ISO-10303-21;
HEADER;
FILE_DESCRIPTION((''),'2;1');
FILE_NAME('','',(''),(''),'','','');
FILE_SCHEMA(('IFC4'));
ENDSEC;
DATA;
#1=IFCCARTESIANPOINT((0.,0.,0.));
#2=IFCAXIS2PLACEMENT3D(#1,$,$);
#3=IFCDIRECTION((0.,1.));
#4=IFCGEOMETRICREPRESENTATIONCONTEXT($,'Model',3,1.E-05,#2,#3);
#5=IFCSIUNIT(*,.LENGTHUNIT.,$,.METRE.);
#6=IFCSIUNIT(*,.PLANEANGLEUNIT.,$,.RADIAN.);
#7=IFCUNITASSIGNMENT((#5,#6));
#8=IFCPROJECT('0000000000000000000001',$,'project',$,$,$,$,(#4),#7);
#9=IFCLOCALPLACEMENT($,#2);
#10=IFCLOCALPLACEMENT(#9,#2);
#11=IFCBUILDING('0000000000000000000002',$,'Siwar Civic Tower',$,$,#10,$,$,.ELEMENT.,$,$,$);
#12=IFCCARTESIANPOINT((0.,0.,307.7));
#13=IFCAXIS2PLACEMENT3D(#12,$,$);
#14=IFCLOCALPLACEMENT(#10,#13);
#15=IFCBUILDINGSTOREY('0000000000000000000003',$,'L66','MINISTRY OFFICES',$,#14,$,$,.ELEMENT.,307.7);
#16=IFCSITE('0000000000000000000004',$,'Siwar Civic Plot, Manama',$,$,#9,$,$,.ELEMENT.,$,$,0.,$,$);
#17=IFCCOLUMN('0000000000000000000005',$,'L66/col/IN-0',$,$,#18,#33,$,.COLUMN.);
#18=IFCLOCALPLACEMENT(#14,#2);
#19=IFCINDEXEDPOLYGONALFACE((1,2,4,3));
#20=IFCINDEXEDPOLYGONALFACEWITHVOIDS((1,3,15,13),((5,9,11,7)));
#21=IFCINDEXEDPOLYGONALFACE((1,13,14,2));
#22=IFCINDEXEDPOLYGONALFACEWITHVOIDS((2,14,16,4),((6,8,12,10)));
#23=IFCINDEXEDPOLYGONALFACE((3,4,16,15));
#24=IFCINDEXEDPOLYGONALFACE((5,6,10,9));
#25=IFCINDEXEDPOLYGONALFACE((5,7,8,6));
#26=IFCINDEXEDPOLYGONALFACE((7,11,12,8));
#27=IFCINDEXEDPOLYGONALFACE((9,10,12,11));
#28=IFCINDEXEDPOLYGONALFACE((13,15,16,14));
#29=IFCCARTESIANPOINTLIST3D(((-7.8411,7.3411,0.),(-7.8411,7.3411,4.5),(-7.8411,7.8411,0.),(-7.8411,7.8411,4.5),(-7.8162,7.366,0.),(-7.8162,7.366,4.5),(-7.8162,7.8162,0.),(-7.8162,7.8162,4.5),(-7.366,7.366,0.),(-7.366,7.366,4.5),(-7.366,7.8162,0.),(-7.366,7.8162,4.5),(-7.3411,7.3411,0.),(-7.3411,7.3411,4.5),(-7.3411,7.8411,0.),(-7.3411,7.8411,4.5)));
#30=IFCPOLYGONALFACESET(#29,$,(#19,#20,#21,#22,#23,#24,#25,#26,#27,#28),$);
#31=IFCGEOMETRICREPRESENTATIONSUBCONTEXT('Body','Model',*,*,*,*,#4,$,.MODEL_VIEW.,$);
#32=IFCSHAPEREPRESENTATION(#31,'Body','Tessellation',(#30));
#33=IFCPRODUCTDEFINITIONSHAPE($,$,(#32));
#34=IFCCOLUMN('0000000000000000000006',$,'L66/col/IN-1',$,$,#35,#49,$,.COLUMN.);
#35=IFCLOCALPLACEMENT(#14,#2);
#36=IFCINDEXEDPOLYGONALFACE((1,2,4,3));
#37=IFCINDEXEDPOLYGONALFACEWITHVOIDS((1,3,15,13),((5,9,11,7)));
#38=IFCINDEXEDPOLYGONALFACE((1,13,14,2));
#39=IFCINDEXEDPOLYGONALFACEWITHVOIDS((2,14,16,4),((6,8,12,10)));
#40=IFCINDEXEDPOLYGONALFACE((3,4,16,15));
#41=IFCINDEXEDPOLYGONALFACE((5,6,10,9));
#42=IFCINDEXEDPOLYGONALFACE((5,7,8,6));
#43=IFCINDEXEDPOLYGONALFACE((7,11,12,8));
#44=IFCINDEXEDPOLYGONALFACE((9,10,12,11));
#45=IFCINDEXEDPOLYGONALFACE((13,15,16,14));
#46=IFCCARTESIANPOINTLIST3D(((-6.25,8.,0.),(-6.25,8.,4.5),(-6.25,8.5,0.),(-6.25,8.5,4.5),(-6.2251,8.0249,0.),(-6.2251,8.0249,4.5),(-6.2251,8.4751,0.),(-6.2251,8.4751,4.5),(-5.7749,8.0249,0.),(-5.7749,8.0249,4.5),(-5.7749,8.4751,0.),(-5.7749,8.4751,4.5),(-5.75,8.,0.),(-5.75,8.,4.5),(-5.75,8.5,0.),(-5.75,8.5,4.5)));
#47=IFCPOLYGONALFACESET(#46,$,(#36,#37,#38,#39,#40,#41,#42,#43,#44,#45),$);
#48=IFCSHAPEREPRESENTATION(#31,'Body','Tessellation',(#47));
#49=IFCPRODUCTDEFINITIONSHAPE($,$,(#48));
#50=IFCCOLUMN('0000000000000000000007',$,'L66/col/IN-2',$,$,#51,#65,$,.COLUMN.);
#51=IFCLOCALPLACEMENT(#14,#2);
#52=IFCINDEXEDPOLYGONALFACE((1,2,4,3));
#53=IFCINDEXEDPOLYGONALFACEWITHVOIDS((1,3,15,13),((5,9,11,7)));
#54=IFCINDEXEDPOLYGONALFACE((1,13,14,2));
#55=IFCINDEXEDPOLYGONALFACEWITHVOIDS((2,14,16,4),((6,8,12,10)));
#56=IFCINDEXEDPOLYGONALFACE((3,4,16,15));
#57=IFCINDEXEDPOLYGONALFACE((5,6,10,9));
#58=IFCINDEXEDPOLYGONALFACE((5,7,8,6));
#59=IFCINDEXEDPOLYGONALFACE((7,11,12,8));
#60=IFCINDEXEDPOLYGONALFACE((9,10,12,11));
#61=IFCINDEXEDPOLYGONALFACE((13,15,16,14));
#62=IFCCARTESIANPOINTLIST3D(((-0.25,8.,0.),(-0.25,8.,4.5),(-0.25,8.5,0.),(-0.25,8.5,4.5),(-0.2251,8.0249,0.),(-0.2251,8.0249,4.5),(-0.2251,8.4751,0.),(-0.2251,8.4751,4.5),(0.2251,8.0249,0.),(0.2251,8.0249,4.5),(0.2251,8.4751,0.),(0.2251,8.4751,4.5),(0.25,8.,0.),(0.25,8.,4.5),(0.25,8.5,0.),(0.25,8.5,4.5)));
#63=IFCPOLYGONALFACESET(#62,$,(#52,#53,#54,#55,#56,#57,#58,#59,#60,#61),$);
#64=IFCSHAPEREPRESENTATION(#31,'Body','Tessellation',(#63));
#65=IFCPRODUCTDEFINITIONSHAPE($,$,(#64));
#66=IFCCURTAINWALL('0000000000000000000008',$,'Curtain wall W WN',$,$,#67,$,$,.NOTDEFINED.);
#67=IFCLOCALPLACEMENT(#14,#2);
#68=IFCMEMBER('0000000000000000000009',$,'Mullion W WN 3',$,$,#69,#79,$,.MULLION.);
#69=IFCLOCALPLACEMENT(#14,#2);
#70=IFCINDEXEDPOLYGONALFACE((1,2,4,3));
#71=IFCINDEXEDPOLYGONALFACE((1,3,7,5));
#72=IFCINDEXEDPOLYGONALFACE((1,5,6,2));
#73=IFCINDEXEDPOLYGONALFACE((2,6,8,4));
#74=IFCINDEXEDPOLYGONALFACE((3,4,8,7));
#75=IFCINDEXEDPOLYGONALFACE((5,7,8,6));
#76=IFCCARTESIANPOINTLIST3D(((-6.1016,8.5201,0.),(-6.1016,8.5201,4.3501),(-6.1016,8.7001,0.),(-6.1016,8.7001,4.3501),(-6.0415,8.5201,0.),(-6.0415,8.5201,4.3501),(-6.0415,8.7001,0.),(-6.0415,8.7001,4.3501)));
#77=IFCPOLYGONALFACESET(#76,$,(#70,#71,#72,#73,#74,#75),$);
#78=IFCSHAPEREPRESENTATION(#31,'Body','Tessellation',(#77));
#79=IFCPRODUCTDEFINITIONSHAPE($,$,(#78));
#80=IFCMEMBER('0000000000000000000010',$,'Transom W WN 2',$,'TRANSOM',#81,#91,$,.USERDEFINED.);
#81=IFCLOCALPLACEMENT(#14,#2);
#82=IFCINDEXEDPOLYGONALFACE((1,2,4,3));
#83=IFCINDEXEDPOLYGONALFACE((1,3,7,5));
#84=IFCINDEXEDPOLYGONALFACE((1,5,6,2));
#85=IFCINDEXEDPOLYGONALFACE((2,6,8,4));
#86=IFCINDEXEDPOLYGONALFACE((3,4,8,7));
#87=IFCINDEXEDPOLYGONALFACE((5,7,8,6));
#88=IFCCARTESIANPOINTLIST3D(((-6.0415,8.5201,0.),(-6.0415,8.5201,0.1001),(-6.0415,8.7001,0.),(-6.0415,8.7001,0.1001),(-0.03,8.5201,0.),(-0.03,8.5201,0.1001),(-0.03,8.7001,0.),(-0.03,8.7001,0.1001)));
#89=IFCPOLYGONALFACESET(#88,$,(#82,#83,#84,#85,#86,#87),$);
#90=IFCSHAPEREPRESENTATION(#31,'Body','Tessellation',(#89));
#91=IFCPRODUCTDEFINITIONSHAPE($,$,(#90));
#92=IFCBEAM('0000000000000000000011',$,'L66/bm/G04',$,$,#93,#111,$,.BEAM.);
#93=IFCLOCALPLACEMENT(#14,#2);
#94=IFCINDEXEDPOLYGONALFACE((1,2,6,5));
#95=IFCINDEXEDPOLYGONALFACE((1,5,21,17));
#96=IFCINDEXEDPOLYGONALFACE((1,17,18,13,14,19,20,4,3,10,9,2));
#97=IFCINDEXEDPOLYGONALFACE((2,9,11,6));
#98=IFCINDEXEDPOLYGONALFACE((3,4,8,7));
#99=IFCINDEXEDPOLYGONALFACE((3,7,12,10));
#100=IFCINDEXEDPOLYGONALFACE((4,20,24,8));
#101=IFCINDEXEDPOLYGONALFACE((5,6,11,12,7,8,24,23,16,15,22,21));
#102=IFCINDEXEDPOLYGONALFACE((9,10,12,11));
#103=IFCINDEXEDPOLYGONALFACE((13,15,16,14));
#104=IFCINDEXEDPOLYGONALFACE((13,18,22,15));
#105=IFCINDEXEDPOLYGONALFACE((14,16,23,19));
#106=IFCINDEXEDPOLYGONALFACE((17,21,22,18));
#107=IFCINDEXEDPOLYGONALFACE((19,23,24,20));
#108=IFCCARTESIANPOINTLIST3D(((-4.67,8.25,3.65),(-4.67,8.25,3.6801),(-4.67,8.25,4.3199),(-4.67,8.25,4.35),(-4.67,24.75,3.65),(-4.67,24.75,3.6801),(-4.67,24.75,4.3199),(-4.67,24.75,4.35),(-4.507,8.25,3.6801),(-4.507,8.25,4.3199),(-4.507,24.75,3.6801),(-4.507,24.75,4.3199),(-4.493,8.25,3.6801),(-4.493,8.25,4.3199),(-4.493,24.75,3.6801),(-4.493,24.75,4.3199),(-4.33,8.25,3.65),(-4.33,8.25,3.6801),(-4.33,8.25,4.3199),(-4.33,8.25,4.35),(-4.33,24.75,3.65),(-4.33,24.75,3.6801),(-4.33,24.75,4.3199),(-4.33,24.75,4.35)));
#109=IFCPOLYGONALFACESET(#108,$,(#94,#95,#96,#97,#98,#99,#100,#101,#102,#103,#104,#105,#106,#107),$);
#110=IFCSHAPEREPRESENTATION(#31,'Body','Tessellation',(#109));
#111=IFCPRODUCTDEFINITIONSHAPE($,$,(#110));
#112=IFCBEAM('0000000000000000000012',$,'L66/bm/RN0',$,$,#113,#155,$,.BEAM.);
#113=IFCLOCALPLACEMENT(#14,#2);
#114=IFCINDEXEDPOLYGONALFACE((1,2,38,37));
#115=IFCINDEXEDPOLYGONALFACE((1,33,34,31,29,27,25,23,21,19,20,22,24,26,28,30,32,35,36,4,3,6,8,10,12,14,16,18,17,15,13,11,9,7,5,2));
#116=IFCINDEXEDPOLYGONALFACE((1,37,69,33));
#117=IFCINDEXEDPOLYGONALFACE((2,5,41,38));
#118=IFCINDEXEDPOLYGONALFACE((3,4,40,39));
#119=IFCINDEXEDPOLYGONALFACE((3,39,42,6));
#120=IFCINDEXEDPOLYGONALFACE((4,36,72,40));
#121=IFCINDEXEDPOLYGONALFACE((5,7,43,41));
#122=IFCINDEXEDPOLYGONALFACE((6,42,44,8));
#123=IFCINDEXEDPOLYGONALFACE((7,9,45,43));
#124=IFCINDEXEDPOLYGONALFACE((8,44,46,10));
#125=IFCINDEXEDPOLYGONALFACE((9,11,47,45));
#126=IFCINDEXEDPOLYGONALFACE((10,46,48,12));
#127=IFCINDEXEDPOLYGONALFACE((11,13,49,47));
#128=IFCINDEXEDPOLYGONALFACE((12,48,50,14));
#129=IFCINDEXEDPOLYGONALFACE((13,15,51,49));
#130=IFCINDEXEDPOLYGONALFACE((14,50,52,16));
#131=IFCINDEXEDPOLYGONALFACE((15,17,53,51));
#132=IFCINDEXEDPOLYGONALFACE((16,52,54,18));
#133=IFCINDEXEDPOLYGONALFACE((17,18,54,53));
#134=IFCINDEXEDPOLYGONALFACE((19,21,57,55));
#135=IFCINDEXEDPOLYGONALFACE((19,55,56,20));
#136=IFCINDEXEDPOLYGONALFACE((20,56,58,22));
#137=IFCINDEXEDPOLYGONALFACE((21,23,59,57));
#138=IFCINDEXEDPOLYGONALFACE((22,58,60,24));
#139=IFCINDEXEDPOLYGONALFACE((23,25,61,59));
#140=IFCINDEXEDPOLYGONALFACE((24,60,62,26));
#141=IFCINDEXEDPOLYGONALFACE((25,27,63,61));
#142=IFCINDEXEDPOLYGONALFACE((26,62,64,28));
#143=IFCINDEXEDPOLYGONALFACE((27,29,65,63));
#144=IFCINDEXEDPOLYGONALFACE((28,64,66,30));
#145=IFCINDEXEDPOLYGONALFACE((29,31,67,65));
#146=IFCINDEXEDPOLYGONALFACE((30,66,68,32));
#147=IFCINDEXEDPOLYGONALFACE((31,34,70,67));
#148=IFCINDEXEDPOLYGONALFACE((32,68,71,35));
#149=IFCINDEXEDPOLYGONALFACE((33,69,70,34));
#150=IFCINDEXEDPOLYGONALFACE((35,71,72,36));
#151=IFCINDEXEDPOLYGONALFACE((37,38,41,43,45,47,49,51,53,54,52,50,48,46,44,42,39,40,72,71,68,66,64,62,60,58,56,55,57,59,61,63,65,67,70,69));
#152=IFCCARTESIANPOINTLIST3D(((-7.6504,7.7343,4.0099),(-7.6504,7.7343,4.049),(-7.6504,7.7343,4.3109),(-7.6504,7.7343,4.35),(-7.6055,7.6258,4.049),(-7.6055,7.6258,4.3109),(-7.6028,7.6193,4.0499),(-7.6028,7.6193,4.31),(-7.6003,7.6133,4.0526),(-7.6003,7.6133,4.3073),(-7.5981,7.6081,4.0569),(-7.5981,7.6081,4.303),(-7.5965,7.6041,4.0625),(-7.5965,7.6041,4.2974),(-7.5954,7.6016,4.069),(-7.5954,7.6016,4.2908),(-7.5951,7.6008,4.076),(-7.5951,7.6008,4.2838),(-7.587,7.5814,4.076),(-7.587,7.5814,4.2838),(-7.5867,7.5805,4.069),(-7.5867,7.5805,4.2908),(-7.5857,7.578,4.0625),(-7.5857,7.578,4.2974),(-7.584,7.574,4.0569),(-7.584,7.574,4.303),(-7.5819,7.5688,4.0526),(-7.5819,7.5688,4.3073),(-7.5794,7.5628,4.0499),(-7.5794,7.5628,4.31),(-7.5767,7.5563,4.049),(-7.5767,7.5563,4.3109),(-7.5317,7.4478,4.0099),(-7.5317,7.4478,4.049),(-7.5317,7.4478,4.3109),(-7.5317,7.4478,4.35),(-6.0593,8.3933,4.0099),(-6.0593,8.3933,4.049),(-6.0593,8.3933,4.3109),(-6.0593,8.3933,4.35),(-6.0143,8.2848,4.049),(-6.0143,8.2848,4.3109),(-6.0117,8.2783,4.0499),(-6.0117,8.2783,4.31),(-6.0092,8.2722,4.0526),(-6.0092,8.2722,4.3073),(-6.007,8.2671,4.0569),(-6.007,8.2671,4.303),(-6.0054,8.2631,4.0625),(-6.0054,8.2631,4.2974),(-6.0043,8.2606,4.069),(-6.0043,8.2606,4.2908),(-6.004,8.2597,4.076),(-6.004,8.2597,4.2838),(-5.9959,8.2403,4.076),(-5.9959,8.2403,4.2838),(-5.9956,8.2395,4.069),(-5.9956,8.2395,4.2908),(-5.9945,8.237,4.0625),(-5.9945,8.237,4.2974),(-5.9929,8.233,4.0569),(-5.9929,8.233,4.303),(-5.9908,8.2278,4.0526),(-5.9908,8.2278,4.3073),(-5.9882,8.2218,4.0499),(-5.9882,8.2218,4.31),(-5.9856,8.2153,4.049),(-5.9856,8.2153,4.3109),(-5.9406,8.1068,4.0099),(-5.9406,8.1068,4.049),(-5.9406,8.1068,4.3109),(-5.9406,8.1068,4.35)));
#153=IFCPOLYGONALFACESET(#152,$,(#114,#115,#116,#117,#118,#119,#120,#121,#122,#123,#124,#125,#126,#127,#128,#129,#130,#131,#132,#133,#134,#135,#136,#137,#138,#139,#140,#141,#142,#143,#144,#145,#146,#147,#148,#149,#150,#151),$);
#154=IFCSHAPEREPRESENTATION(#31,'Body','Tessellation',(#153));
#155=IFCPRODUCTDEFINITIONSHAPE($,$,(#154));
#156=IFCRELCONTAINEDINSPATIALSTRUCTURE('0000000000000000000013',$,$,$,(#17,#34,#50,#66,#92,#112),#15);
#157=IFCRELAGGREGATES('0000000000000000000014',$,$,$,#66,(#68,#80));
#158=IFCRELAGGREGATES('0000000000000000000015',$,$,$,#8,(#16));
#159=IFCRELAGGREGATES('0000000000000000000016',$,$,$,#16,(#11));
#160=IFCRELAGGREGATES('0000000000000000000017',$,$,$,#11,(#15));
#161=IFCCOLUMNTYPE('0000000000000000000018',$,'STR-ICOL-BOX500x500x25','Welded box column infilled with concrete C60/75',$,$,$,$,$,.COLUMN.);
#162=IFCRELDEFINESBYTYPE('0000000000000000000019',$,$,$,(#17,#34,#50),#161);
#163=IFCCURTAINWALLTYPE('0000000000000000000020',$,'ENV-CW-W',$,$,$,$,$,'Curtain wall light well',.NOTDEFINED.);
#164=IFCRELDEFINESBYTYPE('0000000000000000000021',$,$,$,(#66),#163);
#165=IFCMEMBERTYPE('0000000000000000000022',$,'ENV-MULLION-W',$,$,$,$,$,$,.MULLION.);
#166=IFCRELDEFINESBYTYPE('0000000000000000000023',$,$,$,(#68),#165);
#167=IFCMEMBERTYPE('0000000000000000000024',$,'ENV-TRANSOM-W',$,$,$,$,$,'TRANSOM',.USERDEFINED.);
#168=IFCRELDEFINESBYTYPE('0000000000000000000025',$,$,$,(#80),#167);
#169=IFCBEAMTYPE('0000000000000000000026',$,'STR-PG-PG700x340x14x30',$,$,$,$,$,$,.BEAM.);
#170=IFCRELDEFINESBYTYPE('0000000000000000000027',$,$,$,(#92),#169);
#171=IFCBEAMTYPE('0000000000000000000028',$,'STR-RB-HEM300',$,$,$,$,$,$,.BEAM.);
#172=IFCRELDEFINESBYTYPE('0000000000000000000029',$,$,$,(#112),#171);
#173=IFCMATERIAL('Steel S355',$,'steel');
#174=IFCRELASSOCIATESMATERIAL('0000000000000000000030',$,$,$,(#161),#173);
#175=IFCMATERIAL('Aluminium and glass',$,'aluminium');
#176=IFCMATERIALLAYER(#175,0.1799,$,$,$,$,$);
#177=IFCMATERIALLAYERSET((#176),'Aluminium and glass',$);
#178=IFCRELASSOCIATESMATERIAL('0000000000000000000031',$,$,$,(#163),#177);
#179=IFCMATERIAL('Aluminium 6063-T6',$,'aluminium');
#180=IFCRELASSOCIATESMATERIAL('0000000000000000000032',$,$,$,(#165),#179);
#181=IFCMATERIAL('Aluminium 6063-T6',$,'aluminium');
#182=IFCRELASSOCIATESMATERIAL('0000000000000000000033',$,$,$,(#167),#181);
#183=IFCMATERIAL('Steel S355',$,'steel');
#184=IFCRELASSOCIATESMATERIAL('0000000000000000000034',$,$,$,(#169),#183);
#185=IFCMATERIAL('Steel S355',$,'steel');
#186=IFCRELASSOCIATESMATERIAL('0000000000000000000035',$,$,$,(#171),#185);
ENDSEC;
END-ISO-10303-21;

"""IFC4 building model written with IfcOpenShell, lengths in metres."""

from ifc_helpers import new_model, si_unit, direction, frame, origin, origin_2d, place, context, subcontext, project, spatial, rectangle, hollow_rectangle, i_section, extrude, material, layer, layer_set, material_profile, profile_set, type_object, element, aggregate, save


model = new_model("IFC4")

# Units and contexts
model_context = context("Model", 3, precision=1e-05, world=origin(), true_north=direction((0.0, 1.0)))
body_context = subcontext(model_context, "Body", "Model", "MODEL_VIEW")
ifc_project = project(units=[si_unit("LENGTHUNIT", "METRE"), si_unit("PLANEANGLEUNIT", "RADIAN")], contexts=[model_context])

# Site, building, storey
site_placement = place(None, origin())
site = spatial("IfcSite", under=ifc_project, at=site_placement, Name="Siwar Civic Plot, Manama", CompositionType="ELEMENT", RefElevation=0.0)
building_placement = place(site_placement, origin())
building = spatial("IfcBuilding", under=site, at=building_placement, Name="Siwar Civic Tower", CompositionType="ELEMENT")
storey_placement = place(building_placement, frame((0.0, 0.0, 307.7)))
storey = spatial("IfcBuildingStorey", under=building, at=storey_placement, Name="L66", Description="MINISTRY OFFICES", CompositionType="ELEMENT", Elevation=307.7)

# Columns
ifc_material_1 = material(Name="Steel S355", Category="steel")
ifc_material_profile_1 = material_profile(ifc_material_1, hollow_rectangle(XDim=0.5, YDim=0.5, WallThickness=0.0249, at=origin_2d()), Name="BOX500x500x25")
ifc_profile_set_1 = profile_set([ifc_material_profile_1], Name="Steel S355")
column_type = type_object("IfcColumnType", Name="STR-ICOL-BOX500x500x25", Description="Welded box column infilled with concrete C60/75", PredefinedType="COLUMN", material=ifc_profile_set_1)
for number, where, z_axis, x_axis, name in (
    (1, (-7.5911, 7.5911, 0.0), (0.0, 0.0, 1.0), (1.0, 0.0, 0.0), "L66/col/IN-0"),
    (2, (-6.0, 8.25, 0.0), (0.0, 0.0, 1.0), (1.0, 0.0, 0.0), "L66/col/IN-1"),
    (3, (0.0, 8.25, 0.0), (0.0, 0.0, 1.0), (1.0, 0.0, 0.0), "L66/col/IN-2"),
):
    element("IfcColumn", number, at=place(storey_placement, frame(where, z_axis=z_axis, x_axis=x_axis)), inside=storey, type_object=column_type, Name=name, PredefinedType="COLUMN", context=body_context, shape_type="SweptSolid", body=[
        extrude(hollow_rectangle(XDim=0.5, YDim=0.5, WallThickness=0.0249, at=origin_2d()), origin(), (0.0, 0.0, 1.0), 4.5),
    ])

# Curtain wall, members
ifc_material_2 = material(Name="Aluminium and glass", Category="aluminium")
ifc_layer_1 = layer(ifc_material_2, 0.1799)
ifc_layer_set_1 = layer_set([ifc_layer_1], Name="Aluminium and glass")
curtain_wall_type = type_object("IfcCurtainWallType", Name="ENV-CW-W", ElementType="Curtain wall light well", PredefinedType="NOTDEFINED", material=ifc_layer_set_1)
curtain_wall_placement = place(storey_placement, origin())
curtain_wall = element("IfcCurtainWall", 4, at=curtain_wall_placement, inside=storey, type_object=curtain_wall_type, Name="Curtain wall W WN", PredefinedType="NOTDEFINED")
ifc_material_3 = material(Name="Aluminium 6063-T6", Category="aluminium")
ifc_material_profile_2 = material_profile(ifc_material_3, rectangle(XDim=0.1799, YDim=0.0601, at=origin_2d()), Name="AL 180x60")
ifc_profile_set_2 = profile_set([ifc_material_profile_2], Name="Aluminium 6063-T6")
member_type_1 = type_object("IfcMemberType", Name="ENV-MULLION-W", PredefinedType="MULLION", material=ifc_profile_set_2)
member_1_placement = place(storey_placement, frame((-6.0715, 8.6101, 0.0), z_axis=(0.0, 0.0, 1.0), x_axis=(0.0, -1.0, 0.0)))
member_1 = element("IfcMember", 5, at=member_1_placement, type_object=member_type_1, Name="Mullion W WN 3", PredefinedType="MULLION", context=body_context, shape_type="SweptSolid", body=[
    extrude(rectangle(XDim=0.1799, YDim=0.0601, at=origin_2d()), origin(), (0.0, 0.0, 1.0), 4.3501),
])
ifc_material_4 = material(Name="Aluminium 6063-T6", Category="aluminium")
ifc_material_profile_3 = material_profile(ifc_material_4, rectangle(XDim=0.1799, YDim=0.1001, at=origin_2d()), Name="AL 180x100")
ifc_profile_set_3 = profile_set([ifc_material_profile_3], Name="Aluminium 6063-T6")
member_type_2 = type_object("IfcMemberType", Name="ENV-TRANSOM-W", ElementType="TRANSOM", PredefinedType="USERDEFINED", material=ifc_profile_set_3)
member_2_placement = place(storey_placement, frame((-0.03, 8.6101, 0.05), z_axis=(-1.0, 0.0, 0.0), x_axis=(0.0, -1.0, 0.0)))
member_2 = element("IfcMember", 6, at=member_2_placement, type_object=member_type_2, Name="Transom W WN 2", ObjectType="TRANSOM", PredefinedType="USERDEFINED", context=body_context, shape_type="SweptSolid", body=[
    extrude(rectangle(XDim=0.1799, YDim=0.1001, at=origin_2d()), origin(), (0.0, 0.0, 1.0), 6.0115),
])

# Beams
ifc_material_5 = material(Name="Steel S355", Category="steel")
ifc_material_profile_4 = material_profile(ifc_material_5, i_section(OverallWidth=0.3401, OverallDepth=0.7, WebThickness=0.0139, FlangeThickness=0.03, at=origin_2d()), Name="PG700x340x14x30")
ifc_profile_set_4 = profile_set([ifc_material_profile_4], Name="Steel S355")
beam_type_1 = type_object("IfcBeamType", Name="STR-PG-PG700x340x14x30", PredefinedType="BEAM", material=ifc_profile_set_4)
beam_1_placement = place(storey_placement, frame((-4.5, 8.25, 4.0), z_axis=(0.0, 1.0, 0.0), x_axis=(-1.0, 0.0, 0.0)))
element("IfcBeam", 7, at=beam_1_placement, inside=storey, type_object=beam_type_1, Name="L66/bm/G04", PredefinedType="BEAM", context=body_context, shape_type="SweptSolid", body=[
    extrude(i_section(OverallWidth=0.3401, OverallDepth=0.7, WebThickness=0.0139, FlangeThickness=0.03, at=origin_2d()), origin(), (0.0, 0.0, 1.0), 16.5),
])
ifc_material_6 = material(Name="Steel S355", Category="steel")
ifc_material_profile_5 = material_profile(ifc_material_6, i_section(OverallWidth=0.3101, OverallDepth=0.3401, WebThickness=0.021, FlangeThickness=0.0391, FilletRadius=0.0271, at=origin_2d()), Name="HEM300")
ifc_profile_set_5 = profile_set([ifc_material_profile_5], Name="Steel S355")
beam_type_2 = type_object("IfcBeamType", Name="STR-RB-HEM300", PredefinedType="BEAM", material=ifc_profile_set_5)
beam_2_placement = place(storey_placement, frame((-7.5911, 7.5911, 4.1799), z_axis=(0.923901, 0.382631, 0.0), x_axis=(-0.382631, 0.923901, 0.0)))
element("IfcBeam", 8, at=beam_2_placement, inside=storey, type_object=beam_type_2, Name="L66/bm/RN0", PredefinedType="BEAM", context=body_context, shape_type="SweptSolid", body=[
    extrude(i_section(OverallWidth=0.3101, OverallDepth=0.3401, WebThickness=0.021, FlangeThickness=0.0391, FilletRadius=0.0271, at=origin_2d()), origin(), (0.0, 0.0, 1.0), 1.7222),
])

aggregate(curtain_wall, [member_1, member_2])

save(model, "model.ifc")
